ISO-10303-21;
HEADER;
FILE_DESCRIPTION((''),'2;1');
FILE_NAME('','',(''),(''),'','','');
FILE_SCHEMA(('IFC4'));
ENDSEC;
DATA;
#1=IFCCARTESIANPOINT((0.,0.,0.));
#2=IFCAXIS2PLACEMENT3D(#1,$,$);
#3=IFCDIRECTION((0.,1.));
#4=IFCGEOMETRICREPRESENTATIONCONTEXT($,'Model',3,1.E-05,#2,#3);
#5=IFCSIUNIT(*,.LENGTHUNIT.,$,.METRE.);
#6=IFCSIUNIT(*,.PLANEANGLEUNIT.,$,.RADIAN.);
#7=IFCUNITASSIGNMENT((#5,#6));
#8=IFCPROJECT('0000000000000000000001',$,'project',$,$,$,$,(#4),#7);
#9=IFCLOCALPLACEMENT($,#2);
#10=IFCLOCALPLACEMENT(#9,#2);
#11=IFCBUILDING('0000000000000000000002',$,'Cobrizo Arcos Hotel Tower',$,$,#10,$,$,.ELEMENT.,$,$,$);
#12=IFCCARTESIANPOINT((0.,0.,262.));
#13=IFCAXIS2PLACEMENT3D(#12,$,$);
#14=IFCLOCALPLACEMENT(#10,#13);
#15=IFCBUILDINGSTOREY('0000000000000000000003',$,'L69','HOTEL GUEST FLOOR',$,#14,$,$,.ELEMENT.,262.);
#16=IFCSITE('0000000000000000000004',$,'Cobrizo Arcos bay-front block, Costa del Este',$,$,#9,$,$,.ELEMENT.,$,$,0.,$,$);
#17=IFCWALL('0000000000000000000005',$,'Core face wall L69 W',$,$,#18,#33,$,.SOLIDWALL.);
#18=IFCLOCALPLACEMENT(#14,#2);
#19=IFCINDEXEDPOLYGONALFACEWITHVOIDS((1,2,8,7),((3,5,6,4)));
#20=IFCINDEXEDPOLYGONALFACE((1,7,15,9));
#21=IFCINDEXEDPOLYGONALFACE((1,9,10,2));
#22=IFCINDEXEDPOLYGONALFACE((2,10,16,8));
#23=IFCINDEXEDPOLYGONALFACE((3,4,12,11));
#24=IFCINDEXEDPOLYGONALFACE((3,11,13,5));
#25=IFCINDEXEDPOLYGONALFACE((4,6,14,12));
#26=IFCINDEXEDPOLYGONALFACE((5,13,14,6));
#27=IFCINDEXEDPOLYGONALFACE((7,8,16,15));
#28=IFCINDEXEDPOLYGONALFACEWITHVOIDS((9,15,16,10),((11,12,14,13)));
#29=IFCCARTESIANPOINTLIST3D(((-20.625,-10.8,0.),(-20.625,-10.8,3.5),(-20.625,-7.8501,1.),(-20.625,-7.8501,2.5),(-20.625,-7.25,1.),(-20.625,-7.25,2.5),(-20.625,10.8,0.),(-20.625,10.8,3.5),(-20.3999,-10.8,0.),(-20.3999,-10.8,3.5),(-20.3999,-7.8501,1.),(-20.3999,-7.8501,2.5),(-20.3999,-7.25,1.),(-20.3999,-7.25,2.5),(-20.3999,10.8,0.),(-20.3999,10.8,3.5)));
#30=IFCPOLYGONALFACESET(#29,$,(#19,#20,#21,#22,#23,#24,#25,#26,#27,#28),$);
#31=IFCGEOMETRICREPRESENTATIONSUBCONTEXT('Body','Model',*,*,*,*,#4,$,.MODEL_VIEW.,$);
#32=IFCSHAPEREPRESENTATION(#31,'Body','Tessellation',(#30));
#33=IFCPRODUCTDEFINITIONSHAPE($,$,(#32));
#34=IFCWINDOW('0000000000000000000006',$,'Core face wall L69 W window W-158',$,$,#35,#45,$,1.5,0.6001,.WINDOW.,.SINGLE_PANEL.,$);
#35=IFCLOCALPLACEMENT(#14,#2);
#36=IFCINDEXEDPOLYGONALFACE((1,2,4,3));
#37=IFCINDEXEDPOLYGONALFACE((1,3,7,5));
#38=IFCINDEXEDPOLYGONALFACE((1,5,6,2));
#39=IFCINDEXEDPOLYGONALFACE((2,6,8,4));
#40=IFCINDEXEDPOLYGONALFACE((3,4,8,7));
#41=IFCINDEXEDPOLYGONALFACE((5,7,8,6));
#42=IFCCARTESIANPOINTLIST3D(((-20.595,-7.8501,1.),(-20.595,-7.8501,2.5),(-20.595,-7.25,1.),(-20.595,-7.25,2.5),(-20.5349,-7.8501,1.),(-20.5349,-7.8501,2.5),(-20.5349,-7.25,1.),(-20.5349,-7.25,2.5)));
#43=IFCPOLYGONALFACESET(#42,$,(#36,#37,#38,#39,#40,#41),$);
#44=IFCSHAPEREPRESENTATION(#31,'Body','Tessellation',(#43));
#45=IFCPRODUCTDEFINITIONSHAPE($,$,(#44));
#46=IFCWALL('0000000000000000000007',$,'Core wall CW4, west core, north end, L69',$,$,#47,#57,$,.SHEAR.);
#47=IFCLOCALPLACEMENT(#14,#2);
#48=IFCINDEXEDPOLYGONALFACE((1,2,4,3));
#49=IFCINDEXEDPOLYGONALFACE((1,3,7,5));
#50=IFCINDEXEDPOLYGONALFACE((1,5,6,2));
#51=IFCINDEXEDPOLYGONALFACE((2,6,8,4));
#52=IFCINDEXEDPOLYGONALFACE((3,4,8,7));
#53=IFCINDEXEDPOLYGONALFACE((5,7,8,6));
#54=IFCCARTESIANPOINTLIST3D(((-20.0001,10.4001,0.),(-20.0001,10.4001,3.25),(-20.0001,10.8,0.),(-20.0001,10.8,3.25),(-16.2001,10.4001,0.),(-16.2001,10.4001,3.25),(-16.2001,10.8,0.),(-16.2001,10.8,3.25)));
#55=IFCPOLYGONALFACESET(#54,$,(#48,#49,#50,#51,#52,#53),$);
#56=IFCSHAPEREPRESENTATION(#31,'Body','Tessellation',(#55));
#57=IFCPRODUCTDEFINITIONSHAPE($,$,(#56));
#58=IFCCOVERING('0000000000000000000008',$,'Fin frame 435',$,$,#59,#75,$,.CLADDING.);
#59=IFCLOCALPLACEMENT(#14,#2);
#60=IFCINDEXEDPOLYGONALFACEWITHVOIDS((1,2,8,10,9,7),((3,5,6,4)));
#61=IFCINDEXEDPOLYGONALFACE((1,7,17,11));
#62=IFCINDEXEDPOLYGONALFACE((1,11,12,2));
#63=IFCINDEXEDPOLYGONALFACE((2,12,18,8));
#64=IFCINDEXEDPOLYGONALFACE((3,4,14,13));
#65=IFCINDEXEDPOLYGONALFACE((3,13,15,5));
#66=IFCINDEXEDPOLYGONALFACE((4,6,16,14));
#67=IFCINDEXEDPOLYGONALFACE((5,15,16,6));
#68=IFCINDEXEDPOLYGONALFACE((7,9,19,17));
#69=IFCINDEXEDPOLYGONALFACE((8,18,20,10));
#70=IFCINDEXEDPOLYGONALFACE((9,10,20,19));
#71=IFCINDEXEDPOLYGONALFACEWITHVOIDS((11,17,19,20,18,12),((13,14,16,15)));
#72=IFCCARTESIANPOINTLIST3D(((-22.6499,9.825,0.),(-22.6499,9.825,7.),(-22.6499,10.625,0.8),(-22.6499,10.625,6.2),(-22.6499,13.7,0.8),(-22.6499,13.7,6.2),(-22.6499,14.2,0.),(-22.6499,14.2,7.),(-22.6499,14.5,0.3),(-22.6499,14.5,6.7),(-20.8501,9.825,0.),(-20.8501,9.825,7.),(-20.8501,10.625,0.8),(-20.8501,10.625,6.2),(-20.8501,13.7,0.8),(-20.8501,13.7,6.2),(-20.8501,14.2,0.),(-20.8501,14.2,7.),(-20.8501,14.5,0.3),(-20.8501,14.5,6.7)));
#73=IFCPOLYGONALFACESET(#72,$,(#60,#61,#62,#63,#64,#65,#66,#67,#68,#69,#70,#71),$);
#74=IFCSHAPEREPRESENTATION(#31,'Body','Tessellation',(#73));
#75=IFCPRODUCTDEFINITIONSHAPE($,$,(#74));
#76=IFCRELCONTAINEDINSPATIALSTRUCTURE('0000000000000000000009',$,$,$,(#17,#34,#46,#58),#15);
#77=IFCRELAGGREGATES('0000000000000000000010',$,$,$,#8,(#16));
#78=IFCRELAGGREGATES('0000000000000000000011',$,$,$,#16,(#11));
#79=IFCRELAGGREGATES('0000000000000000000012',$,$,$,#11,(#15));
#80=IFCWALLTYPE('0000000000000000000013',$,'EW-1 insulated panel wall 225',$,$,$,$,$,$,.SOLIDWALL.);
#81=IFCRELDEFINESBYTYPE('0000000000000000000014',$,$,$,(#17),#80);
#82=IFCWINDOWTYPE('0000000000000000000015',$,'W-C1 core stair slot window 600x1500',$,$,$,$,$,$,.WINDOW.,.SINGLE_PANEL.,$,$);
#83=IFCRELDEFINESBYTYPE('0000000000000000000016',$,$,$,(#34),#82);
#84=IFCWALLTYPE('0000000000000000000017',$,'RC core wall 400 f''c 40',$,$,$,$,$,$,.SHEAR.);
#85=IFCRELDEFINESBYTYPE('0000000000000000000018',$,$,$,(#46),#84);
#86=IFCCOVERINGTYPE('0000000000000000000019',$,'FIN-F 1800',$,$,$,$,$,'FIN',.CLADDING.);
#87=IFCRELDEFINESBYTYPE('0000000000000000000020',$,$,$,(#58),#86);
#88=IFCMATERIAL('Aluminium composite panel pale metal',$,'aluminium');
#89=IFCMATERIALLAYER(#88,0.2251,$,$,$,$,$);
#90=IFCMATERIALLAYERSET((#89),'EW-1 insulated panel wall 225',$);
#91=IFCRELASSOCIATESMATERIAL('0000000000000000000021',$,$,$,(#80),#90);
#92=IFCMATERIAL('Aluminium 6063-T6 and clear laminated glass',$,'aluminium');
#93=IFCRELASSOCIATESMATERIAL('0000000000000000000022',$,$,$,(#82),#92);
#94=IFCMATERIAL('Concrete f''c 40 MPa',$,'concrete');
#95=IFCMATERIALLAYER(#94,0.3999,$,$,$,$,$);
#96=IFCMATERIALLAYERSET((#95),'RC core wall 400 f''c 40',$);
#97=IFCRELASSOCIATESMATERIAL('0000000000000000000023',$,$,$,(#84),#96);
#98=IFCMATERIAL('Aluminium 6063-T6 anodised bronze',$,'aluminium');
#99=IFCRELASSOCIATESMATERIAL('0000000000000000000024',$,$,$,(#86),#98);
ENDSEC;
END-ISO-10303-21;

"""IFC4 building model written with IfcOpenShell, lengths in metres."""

from ifc_helpers import new_model, si_unit, direction, frame, frame_2d, origin, place, context, subcontext, project, spatial, polyline, rectangle, outline, extrude, material, layer, layer_set, type_object, element, fill, save


model = new_model("IFC4")

# Units and contexts
model_context = context("Model", 3, precision=1e-05, world=origin(), true_north=direction((0.0, 1.0)))
body_context = subcontext(model_context, "Body", "Model", "MODEL_VIEW")
ifc_project = project(units=[si_unit("LENGTHUNIT", "METRE"), si_unit("PLANEANGLEUNIT", "RADIAN")], contexts=[model_context])

# Site, building, storey
site_placement = place(None, origin())
site = spatial("IfcSite", under=ifc_project, at=site_placement, Name="Cobrizo Arcos bay-front block, Costa del Este", CompositionType="ELEMENT", RefElevation=0.0)
building_placement = place(site_placement, origin())
building = spatial("IfcBuilding", under=site, at=building_placement, Name="Cobrizo Arcos Hotel Tower", CompositionType="ELEMENT")
storey_placement = place(building_placement, frame((0.0, 0.0, 262.0)))
storey = spatial("IfcBuildingStorey", under=building, at=storey_placement, Name="L69", Description="HOTEL GUEST FLOOR", CompositionType="ELEMENT", Elevation=262.0)

# Shared definitions
ifc_material_1 = material(Name="Aluminium 6063-T6 anodised bronze", Category="aluminium")

# Shared definitions
ifc_material_2 = material(Name="Aluminium composite panel pale metal", Category="aluminium")

# Wall, opening, window
ifc_layer_1 = layer(ifc_material_2, 0.2251)
ifc_layer_set_1 = layer_set([ifc_layer_1], Name="EW-1 insulated panel wall 225")
wall_type_1 = type_object("IfcWallType", Name="EW-1 insulated panel wall 225", PredefinedType="SOLIDWALL", material=ifc_layer_set_1)
wall_1_placement = place(storey_placement, frame((-20.5125, 10.8, 0.0), z_axis=(0.0, 0.0, 1.0), x_axis=(0.0, -1.0, 0.0)))
wall_1 = element("IfcWall", 1, at=wall_1_placement, inside=storey, type_object=wall_type_1, Name="Core face wall L69 W", PredefinedType="SOLIDWALL", context=body_context, shape_type="SweptSolid", body=[
    extrude(rectangle(XDim=21.6001, YDim=0.2251, at=frame_2d((10.8, 0.0))), origin(), (0.0, 0.0, 1.0), 3.5),
])
opening_1_placement = place(wall_1_placement, frame((18.05, 0.0, 1.0)))
opening_1 = element("IfcOpeningElement", 2, at=opening_1_placement, cuts=wall_1, PredefinedType="OPENING", context=body_context, shape_type="SweptSolid", body=[
    extrude(rectangle(XDim=0.6001, YDim=1.5, at=frame_2d((0.3, 0.75))), frame((0.0, 0.1245, 0.0), z_axis=(0.0, -1.0, 0.0), x_axis=(1.0, 0.0, 0.0)), (0.0, 0.0, 1.0), 0.249),
])
ifc_material_3 = material(Name="Aluminium 6063-T6 and clear laminated glass", Category="aluminium")
window_type = type_object("IfcWindowType", Name="W-C1 core stair slot window 600x1500", PartitioningType="SINGLE_PANEL", PredefinedType="WINDOW", material=ifc_material_3)
window_placement = place(opening_1_placement, origin())
window = element("IfcWindow", 3, at=window_placement, inside=storey, type_object=window_type, Name="Core face wall L69 W window W-158", OverallHeight=1.5, OverallWidth=0.6001, PartitioningType="SINGLE_PANEL", PredefinedType="WINDOW", context=body_context, shape_type="SweptSolid", body=[
    extrude(rectangle(XDim=0.6001, YDim=1.5, at=frame_2d((0.3, 0.75))), frame((0.0, -0.0225, 0.0), z_axis=(0.0, -1.0, 0.0), x_axis=(1.0, 0.0, 0.0)), (0.0, 0.0, 1.0), 0.0601),
])
fill(opening_1, window)

# Wall
ifc_material_4 = material(Name="Concrete f'c 40 MPa", Category="concrete")
ifc_layer_2 = layer(ifc_material_4, 0.3999)
ifc_layer_set_2 = layer_set([ifc_layer_2], Name="RC core wall 400 f'c 40")
wall_type_2 = type_object("IfcWallType", Name="RC core wall 400 f'c 40", PredefinedType="SHEAR", material=ifc_layer_set_2)
wall_2_placement = place(storey_placement, frame((-20.0, 10.6001, 0.0), z_axis=(0.0, 0.0, 1.0), x_axis=(1.0, 0.0, 0.0)))
element("IfcWall", 4, at=wall_2_placement, inside=storey, type_object=wall_type_2, Name="Core wall CW4, west core, north end, L69", PredefinedType="SHEAR", context=body_context, shape_type="SweptSolid", body=[
    extrude(rectangle(XDim=3.8, YDim=0.3999, at=frame_2d((1.8999, 0.0))), origin(), (0.0, 0.0, 1.0), 3.25),
])

# Covering
covering_type = type_object("IfcCoveringType", Name="FIN-F 1800", ElementType="FIN", PredefinedType="CLADDING", material=ifc_material_1)
covering_placement = place(storey_placement, frame((-20.8501, 14.5, 0.0), z_axis=(-1.0, 0.0, 0.0), x_axis=(0.0, -1.0, 0.0)))
element("IfcCovering", 5, at=covering_placement, inside=storey, type_object=covering_type, Name="Fin frame 435", PredefinedType="CLADDING", context=body_context, shape_type="SweptSolid", body=[
    extrude(outline(polyline([(0.0, 0.3), (0.3, 0.0), (4.675, 0.0), (4.675, 7.0), (0.3, 7.0), (0.0, 6.7), (0.0, 0.3)]), holes=[polyline([(3.875, 0.8), (0.8, 0.8), (0.8, 6.2), (3.875, 6.2), (3.875, 0.8)])]), origin(), (0.0, 0.0, 1.0), 1.7998),
])

save(model, "model.ifc")
